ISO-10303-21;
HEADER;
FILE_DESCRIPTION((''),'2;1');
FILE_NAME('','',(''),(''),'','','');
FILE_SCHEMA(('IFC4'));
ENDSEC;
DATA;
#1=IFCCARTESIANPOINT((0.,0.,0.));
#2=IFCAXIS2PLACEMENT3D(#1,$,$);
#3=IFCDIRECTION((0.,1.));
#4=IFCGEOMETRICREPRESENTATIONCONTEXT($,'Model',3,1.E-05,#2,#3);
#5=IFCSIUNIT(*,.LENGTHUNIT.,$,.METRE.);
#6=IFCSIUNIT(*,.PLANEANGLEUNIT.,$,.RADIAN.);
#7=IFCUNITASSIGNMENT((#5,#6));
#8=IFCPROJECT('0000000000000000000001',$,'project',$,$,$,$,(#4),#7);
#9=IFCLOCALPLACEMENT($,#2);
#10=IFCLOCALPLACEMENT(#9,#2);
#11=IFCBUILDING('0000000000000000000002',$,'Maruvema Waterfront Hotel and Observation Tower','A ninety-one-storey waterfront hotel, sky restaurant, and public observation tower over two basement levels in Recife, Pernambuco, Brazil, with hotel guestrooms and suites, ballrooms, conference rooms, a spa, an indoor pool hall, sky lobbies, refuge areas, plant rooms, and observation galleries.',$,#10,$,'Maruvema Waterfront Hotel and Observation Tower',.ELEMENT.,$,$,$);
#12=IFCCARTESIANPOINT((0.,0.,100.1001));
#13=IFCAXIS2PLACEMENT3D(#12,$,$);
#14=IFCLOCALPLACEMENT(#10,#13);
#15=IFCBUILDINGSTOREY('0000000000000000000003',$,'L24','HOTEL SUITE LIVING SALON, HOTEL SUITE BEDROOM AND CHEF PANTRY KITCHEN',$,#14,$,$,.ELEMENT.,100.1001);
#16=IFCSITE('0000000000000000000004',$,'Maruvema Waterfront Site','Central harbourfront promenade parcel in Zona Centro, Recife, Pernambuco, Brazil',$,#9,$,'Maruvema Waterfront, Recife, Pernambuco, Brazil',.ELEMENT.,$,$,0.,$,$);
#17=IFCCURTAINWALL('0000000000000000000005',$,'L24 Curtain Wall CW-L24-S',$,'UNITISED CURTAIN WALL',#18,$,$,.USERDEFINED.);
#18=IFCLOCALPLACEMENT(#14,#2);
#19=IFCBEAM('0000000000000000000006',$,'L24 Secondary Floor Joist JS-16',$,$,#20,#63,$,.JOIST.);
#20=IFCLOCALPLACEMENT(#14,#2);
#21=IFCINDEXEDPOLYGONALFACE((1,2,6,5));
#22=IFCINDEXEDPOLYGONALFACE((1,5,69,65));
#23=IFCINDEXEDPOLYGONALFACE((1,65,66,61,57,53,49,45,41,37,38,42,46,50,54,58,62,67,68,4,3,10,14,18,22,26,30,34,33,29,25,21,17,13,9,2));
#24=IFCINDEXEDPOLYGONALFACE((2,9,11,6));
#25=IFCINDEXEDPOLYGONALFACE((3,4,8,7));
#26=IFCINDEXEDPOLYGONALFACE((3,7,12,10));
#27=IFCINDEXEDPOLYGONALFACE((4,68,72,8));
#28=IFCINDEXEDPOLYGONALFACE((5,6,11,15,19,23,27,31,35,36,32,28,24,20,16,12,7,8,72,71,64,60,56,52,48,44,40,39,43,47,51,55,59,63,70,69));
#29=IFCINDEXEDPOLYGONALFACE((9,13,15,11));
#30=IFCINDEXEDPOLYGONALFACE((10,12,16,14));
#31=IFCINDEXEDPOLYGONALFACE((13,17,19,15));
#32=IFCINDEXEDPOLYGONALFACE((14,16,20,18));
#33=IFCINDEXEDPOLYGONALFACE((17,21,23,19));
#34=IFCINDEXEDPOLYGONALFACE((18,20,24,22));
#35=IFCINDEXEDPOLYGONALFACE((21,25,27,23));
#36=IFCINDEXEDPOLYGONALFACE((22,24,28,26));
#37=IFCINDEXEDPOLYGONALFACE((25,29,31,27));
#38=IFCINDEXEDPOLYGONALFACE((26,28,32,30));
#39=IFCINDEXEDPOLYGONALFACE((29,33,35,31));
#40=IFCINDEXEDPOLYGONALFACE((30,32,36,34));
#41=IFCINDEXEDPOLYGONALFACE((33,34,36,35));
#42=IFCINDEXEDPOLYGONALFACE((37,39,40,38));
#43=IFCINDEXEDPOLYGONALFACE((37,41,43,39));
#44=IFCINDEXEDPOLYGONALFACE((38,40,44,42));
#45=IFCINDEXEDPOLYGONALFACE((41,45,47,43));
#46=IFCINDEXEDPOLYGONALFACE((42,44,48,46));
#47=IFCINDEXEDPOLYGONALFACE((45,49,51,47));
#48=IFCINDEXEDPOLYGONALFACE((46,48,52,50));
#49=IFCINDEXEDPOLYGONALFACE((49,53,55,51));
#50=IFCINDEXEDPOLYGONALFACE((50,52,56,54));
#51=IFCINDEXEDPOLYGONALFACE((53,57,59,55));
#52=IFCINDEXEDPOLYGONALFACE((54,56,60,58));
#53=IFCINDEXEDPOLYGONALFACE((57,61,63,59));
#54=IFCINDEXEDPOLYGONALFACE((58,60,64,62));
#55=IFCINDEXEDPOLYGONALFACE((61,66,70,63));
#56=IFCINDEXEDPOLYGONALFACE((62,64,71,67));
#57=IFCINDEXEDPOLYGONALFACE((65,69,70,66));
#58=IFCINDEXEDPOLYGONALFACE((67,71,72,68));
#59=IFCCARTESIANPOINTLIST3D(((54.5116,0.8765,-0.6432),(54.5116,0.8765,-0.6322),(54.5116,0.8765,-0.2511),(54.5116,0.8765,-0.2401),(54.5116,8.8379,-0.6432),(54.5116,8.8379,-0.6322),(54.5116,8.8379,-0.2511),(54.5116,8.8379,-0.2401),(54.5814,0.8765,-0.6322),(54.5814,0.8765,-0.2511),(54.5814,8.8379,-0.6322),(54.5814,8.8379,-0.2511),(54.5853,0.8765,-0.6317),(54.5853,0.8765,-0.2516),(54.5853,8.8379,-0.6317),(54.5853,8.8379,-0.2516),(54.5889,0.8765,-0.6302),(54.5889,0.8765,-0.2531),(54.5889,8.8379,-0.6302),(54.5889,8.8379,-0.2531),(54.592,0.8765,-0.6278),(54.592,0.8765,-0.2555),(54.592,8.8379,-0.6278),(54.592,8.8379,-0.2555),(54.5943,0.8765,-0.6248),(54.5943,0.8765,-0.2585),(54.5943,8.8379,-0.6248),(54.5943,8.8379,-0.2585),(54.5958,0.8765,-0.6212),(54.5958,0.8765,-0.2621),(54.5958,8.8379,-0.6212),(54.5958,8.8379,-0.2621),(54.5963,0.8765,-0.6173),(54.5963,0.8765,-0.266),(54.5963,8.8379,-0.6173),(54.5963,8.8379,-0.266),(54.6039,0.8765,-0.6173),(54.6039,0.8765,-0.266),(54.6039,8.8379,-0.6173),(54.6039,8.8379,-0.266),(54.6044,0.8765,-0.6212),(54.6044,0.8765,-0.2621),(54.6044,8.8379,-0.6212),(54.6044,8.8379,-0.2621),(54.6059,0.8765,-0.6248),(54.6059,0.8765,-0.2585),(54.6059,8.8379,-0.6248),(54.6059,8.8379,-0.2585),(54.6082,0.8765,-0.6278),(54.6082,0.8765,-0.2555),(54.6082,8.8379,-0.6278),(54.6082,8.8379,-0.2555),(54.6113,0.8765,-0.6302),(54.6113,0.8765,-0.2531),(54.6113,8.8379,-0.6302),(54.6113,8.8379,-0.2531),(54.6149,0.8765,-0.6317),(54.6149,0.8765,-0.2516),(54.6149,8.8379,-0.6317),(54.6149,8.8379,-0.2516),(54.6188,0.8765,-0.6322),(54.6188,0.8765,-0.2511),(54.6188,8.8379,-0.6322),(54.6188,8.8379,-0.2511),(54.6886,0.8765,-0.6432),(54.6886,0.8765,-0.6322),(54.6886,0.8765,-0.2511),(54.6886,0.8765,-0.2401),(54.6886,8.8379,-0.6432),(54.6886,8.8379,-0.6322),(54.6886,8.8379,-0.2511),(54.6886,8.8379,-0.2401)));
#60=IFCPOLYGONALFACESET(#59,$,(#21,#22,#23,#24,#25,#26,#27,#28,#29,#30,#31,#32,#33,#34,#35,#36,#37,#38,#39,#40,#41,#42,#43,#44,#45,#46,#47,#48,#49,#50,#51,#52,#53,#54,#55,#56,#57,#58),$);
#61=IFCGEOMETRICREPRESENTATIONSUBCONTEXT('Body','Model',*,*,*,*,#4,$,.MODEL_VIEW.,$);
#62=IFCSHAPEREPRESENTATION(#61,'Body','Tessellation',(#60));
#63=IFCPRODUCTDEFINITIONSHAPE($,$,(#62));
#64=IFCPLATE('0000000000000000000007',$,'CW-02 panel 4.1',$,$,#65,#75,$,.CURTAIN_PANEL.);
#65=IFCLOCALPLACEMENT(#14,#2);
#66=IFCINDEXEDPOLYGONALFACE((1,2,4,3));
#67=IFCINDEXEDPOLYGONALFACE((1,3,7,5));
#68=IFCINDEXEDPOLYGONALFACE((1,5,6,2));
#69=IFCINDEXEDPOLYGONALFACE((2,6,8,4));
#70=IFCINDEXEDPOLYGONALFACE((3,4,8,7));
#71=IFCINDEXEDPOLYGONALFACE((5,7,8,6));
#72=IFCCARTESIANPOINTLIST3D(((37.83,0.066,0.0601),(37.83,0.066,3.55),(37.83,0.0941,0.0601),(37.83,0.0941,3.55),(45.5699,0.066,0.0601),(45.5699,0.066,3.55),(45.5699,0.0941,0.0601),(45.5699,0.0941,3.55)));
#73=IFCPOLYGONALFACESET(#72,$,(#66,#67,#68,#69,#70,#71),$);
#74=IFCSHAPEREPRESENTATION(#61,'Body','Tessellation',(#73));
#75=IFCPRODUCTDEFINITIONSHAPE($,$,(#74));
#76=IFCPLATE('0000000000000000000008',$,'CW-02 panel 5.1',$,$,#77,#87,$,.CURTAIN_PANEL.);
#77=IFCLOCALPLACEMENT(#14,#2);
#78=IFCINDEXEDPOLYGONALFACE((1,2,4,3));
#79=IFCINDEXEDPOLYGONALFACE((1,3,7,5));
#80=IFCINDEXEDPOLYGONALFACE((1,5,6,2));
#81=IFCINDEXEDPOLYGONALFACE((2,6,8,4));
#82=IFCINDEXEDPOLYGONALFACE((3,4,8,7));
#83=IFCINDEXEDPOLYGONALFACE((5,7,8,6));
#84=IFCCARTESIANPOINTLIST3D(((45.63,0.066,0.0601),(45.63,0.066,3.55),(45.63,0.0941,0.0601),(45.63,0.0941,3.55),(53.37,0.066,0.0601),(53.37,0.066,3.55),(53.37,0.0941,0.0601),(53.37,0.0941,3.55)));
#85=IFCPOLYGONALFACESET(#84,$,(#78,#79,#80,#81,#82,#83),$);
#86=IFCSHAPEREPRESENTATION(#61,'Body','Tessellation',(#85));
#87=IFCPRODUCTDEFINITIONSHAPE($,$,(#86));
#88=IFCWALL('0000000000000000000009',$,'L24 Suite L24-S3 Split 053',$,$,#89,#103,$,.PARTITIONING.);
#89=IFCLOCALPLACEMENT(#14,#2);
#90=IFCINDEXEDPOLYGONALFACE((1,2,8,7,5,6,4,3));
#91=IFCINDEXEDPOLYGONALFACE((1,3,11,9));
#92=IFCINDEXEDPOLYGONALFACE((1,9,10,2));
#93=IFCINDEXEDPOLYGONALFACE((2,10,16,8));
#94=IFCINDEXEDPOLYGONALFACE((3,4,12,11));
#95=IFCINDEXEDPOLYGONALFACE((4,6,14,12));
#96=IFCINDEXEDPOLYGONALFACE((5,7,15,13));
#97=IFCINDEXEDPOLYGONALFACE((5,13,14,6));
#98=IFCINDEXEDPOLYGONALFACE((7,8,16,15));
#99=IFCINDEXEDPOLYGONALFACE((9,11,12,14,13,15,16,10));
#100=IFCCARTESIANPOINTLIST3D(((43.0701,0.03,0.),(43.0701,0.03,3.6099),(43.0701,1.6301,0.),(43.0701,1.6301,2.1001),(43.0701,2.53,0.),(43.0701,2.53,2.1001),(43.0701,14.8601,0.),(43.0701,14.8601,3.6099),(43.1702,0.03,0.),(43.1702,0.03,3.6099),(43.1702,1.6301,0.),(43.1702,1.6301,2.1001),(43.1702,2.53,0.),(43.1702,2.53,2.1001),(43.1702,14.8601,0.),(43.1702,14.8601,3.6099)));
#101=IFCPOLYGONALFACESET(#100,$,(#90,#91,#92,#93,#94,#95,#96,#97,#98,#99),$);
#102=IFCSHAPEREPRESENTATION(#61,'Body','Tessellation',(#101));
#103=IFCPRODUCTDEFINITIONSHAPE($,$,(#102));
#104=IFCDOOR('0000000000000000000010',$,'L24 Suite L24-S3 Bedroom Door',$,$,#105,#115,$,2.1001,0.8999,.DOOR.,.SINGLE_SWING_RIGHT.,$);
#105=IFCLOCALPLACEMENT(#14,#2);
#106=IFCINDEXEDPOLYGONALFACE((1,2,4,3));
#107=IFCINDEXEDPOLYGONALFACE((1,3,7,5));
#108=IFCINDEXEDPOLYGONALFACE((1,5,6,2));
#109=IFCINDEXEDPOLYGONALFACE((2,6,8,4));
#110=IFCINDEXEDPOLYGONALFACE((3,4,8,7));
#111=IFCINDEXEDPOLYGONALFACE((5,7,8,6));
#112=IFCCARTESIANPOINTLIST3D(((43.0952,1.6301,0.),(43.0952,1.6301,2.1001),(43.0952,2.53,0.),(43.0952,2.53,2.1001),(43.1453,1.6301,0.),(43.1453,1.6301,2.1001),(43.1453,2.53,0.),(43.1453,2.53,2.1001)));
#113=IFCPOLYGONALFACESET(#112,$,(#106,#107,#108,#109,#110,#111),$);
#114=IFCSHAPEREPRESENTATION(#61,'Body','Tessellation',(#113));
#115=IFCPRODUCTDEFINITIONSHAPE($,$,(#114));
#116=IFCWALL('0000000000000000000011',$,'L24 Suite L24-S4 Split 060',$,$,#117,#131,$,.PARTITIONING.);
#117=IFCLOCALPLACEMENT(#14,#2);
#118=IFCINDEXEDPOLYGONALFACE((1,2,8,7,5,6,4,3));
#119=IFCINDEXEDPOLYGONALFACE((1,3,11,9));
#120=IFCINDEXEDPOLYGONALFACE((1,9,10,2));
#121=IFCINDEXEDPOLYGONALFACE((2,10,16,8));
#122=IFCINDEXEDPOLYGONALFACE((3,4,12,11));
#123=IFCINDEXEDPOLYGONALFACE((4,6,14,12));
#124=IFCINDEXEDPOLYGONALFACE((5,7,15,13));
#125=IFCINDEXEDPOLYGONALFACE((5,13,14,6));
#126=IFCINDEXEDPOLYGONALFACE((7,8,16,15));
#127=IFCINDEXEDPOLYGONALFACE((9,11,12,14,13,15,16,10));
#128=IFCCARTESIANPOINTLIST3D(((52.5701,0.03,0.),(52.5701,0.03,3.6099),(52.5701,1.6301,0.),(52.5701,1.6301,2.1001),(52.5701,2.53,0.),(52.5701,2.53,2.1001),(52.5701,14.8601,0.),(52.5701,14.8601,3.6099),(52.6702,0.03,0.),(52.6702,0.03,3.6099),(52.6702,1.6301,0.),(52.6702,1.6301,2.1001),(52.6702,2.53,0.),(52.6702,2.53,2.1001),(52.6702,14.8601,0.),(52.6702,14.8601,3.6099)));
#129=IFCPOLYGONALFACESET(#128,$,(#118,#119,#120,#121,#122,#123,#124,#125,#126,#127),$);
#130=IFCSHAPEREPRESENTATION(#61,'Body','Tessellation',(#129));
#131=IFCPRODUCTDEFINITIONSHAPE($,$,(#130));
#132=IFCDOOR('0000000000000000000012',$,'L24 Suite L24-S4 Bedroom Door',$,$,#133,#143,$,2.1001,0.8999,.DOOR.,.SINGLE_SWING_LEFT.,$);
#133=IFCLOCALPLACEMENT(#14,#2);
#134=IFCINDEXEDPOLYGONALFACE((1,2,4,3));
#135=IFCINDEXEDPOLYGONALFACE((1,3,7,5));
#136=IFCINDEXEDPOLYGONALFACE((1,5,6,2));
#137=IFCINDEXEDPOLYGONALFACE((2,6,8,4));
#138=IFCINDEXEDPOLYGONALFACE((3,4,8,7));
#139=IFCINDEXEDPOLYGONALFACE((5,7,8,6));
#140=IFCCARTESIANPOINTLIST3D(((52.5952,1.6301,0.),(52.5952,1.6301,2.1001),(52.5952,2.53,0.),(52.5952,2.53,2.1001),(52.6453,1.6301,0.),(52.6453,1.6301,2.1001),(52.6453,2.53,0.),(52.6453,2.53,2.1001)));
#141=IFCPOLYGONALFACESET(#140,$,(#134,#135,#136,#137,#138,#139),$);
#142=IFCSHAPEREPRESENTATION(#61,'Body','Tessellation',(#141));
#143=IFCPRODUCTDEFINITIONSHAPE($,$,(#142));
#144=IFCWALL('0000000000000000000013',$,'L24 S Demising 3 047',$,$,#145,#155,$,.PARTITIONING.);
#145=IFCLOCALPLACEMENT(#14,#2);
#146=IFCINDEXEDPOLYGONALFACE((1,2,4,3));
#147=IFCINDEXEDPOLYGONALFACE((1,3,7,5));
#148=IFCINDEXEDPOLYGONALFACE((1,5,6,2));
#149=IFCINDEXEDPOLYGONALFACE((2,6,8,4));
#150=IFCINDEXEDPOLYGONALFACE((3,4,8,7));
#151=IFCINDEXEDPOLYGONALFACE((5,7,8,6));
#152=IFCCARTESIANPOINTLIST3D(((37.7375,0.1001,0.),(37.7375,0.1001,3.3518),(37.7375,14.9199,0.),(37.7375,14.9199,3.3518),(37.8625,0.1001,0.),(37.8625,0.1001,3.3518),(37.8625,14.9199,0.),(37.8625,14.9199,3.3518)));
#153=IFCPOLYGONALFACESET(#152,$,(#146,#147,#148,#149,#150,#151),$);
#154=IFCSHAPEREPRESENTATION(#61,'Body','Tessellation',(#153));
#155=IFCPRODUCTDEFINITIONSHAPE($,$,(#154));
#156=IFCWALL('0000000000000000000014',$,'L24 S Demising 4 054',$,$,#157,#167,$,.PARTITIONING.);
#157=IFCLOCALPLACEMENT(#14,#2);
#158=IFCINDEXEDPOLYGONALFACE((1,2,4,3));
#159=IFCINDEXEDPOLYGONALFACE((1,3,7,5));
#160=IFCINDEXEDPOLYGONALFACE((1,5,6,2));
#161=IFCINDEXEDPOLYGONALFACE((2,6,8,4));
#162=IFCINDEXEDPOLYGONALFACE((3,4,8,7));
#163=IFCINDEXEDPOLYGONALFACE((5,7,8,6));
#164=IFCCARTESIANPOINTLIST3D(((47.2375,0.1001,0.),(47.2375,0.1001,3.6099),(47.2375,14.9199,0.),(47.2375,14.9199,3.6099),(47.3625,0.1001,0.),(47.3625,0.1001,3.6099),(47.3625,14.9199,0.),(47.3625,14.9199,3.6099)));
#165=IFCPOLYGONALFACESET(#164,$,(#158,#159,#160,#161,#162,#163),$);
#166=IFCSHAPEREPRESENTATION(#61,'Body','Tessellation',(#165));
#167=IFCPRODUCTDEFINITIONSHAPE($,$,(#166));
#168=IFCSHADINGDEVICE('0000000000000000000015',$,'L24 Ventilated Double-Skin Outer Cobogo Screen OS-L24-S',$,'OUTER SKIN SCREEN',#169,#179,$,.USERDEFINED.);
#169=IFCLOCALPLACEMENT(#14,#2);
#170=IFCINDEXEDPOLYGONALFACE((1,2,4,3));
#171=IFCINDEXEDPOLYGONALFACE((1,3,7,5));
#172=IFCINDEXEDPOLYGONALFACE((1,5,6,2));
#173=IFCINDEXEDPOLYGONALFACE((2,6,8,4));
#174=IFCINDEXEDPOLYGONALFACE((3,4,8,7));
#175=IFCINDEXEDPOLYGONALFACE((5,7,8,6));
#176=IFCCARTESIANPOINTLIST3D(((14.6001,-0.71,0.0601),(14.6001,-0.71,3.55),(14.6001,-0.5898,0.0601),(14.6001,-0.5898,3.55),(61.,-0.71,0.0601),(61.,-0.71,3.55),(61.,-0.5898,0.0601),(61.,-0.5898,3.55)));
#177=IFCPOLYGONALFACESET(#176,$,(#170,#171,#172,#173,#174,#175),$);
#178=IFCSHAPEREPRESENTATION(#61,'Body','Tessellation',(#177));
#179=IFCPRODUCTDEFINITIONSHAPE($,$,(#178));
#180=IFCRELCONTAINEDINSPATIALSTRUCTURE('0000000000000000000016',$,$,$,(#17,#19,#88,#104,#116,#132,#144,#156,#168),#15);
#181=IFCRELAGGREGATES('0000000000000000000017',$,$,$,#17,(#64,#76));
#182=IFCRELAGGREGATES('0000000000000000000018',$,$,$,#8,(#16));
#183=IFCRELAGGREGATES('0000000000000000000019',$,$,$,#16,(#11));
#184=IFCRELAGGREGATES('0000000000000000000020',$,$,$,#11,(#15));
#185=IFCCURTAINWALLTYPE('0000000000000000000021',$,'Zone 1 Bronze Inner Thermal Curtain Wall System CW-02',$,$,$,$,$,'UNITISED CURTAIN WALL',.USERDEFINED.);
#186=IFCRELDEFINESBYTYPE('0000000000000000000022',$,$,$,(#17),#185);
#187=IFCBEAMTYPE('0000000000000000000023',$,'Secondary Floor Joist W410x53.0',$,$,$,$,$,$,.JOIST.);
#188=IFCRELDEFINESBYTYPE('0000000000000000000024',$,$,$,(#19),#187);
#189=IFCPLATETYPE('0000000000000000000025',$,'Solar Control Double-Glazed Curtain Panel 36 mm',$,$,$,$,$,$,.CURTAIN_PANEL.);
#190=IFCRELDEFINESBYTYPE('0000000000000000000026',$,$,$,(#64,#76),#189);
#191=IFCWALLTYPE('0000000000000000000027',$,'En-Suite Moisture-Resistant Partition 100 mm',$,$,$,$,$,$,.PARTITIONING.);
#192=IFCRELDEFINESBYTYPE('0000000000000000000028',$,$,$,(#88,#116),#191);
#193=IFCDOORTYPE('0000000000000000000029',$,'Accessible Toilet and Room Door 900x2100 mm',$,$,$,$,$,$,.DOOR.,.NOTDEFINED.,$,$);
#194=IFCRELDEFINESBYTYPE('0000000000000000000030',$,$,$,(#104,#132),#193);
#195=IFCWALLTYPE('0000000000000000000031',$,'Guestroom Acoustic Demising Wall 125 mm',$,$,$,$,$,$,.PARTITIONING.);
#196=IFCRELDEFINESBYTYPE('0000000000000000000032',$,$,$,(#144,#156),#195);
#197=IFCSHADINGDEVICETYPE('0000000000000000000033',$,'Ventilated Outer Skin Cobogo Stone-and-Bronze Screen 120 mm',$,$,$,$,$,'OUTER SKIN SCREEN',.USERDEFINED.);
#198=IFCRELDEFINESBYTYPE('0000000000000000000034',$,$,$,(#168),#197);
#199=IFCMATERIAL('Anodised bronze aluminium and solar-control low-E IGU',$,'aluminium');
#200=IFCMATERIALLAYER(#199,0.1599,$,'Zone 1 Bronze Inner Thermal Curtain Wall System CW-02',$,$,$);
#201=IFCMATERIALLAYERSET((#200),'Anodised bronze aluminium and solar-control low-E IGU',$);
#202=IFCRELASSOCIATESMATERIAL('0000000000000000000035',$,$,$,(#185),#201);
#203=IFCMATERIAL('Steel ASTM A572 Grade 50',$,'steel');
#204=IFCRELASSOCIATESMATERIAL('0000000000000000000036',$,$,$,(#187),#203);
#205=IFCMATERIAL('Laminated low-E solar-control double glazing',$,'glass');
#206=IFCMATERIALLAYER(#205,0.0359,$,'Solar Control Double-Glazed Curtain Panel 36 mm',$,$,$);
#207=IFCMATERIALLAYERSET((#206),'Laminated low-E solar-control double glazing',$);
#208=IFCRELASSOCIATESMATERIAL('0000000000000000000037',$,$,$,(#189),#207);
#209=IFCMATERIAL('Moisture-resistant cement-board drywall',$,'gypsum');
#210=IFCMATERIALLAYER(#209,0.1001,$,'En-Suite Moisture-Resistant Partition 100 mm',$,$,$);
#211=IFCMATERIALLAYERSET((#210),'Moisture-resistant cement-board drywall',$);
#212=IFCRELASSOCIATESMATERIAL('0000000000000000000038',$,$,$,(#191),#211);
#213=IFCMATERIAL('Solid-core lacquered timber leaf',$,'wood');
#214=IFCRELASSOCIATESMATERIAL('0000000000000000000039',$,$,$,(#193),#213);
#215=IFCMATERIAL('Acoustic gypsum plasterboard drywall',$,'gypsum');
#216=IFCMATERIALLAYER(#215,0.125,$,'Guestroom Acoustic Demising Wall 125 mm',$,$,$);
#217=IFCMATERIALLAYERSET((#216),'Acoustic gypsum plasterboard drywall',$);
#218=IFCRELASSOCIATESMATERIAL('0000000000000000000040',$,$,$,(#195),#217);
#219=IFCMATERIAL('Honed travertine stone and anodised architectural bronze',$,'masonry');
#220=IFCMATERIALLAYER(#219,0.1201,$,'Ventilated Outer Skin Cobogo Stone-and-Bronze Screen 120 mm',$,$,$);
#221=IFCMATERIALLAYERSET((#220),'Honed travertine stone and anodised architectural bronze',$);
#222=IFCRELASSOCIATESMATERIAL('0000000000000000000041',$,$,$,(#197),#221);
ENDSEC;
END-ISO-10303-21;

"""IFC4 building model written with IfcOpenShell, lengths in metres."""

from ifc_helpers import new_model, si_unit, direction, frame, frame_2d, origin, origin_2d, place, context, subcontext, project, spatial, rectangle, i_section, extrude, material, layer, layer_set, material_profile, profile_set, type_object, element, fill, aggregate, save


model = new_model("IFC4")

# Units and contexts
model_context = context("Model", 3, precision=1e-05, world=origin(), true_north=direction((0.0, 1.0)))
body_context = subcontext(model_context, "Body", "Model", "MODEL_VIEW")
ifc_project = project(units=[si_unit("LENGTHUNIT", "METRE"), si_unit("PLANEANGLEUNIT", "RADIAN")], contexts=[model_context])

# Site, building, storey
site_placement = place(None, origin())
site = spatial("IfcSite", under=ifc_project, at=site_placement, Name="Maruvema Waterfront Site", Description="Central harbourfront promenade parcel in Zona Centro, Recife, Pernambuco, Brazil", LongName="Maruvema Waterfront, Recife, Pernambuco, Brazil", CompositionType="ELEMENT", RefElevation=0.0)
building_placement = place(site_placement, origin())
building = spatial("IfcBuilding", under=site, at=building_placement, Name="Maruvema Waterfront Hotel and Observation Tower", Description="A ninety-one-storey waterfront hotel, sky restaurant, and public observation tower over two basement levels in Recife, Pernambuco, Brazil, with hotel guestrooms and suites, ballrooms, conference rooms, a spa, an indoor pool hall, sky lobbies, refuge areas, plant rooms, and observation galleries.", LongName="Maruvema Waterfront Hotel and Observation Tower", CompositionType="ELEMENT")
storey_placement = place(building_placement, frame((0.0, 0.0, 100.1001)))
storey = spatial("IfcBuildingStorey", under=building, at=storey_placement, Name="L24", Description="HOTEL SUITE LIVING SALON, HOTEL SUITE BEDROOM AND CHEF PANTRY KITCHEN", CompositionType="ELEMENT", Elevation=100.1001)

# Curtain wall
ifc_material_1 = material(Name="Anodised bronze aluminium and solar-control low-E IGU", Category="aluminium")
ifc_layer_1 = layer(ifc_material_1, 0.1599, Name="Zone 1 Bronze Inner Thermal Curtain Wall System CW-02")
ifc_layer_set_1 = layer_set([ifc_layer_1], Name="Anodised bronze aluminium and solar-control low-E IGU")
curtain_wall_type = type_object("IfcCurtainWallType", Name="Zone 1 Bronze Inner Thermal Curtain Wall System CW-02", ElementType="UNITISED CURTAIN WALL", PredefinedType="USERDEFINED", material=ifc_layer_set_1)
curtain_wall_placement = place(storey_placement, origin())
curtain_wall = element("IfcCurtainWall", 1, at=curtain_wall_placement, inside=storey, type_object=curtain_wall_type, Name="L24 Curtain Wall CW-L24-S", ObjectType="UNITISED CURTAIN WALL", PredefinedType="USERDEFINED")

# Beam
ifc_material_2 = material(Name="Steel ASTM A572 Grade 50", Category="steel")
ifc_material_profile_1 = material_profile(ifc_material_2, i_section(OverallWidth=0.177, OverallDepth=0.4031, WebThickness=0.0076, FlangeThickness=0.011, FilletRadius=0.0149, at=origin_2d()), Name="W410x53.0")
ifc_profile_set_1 = profile_set([ifc_material_profile_1], Name="Steel ASTM A572 Grade 50")
beam_type_1 = type_object("IfcBeamType", Name="Secondary Floor Joist W410x53.0", PredefinedType="JOIST", material=ifc_profile_set_1)
beam_1_placement = place(storey_placement, frame((54.6001, 0.8765, -0.4417), z_axis=(0.0, 1.0, 0.0), x_axis=(-1.0, 0.0, 0.0)))
element("IfcBeam", 2, at=beam_1_placement, inside=storey, type_object=beam_type_1, Name="L24 Secondary Floor Joist JS-16", PredefinedType="JOIST", context=body_context, shape_type="SweptSolid", body=[
    extrude(i_section(OverallWidth=0.177, OverallDepth=0.4031, WebThickness=0.0076, FlangeThickness=0.011, FilletRadius=0.0149, at=origin_2d()), origin(), (0.0, 0.0, 1.0), 7.9614),
])

# Plates
ifc_material_3 = material(Name="Laminated low-E solar-control double glazing", Category="glass")
ifc_layer_2 = layer(ifc_material_3, 0.0359, Name="Solar Control Double-Glazed Curtain Panel 36 mm")
ifc_layer_set_2 = layer_set([ifc_layer_2], Name="Laminated low-E solar-control double glazing")
plate_type = type_object("IfcPlateType", Name="Solar Control Double-Glazed Curtain Panel 36 mm", PredefinedType="CURTAIN_PANEL", material=ifc_layer_set_2)
plate_1_placement = place(storey_placement, frame((41.7, 0.0801, 0.0601), z_axis=(0.0, 0.0, 1.0), x_axis=(1.0, 0.0, 0.0)))
plate_1 = element("IfcPlate", 3, at=plate_1_placement, type_object=plate_type, Name="CW-02 panel 4.1", PredefinedType="CURTAIN_PANEL", context=body_context, shape_type="SweptSolid", body=[
    extrude(rectangle(XDim=7.74, YDim=0.0281, at=origin_2d()), origin(), (0.0, 0.0, 1.0), 3.49),
])
plate_2_placement = place(storey_placement, frame((49.5, 0.0801, 0.0601), z_axis=(0.0, 0.0, 1.0), x_axis=(1.0, 0.0, 0.0)))
plate_2 = element("IfcPlate", 4, at=plate_2_placement, type_object=plate_type, Name="CW-02 panel 5.1", PredefinedType="CURTAIN_PANEL", context=body_context, shape_type="SweptSolid", body=[
    extrude(rectangle(XDim=7.74, YDim=0.0281, at=origin_2d()), origin(), (0.0, 0.0, 1.0), 3.49),
])
aggregate(curtain_wall, [plate_1, plate_2])

# Walls, openings, doors
ifc_material_4 = material(Name="Moisture-resistant cement-board drywall", Category="gypsum")
ifc_layer_3 = layer(ifc_material_4, 0.1001, Name="En-Suite Moisture-Resistant Partition 100 mm")
ifc_layer_set_3 = layer_set([ifc_layer_3], Name="Moisture-resistant cement-board drywall")
wall_type_1 = type_object("IfcWallType", Name="En-Suite Moisture-Resistant Partition 100 mm", PredefinedType="PARTITIONING", material=ifc_layer_set_3)
wall_1_placement = place(storey_placement, frame((43.1201, 0.03, 0.0), z_axis=(0.0, 0.0, 1.0), x_axis=(0.0, 1.0, 0.0)))
wall_1 = element("IfcWall", 5, at=wall_1_placement, inside=storey, type_object=wall_type_1, Name="L24 Suite L24-S3 Split 053", PredefinedType="PARTITIONING", context=body_context, shape_type="SweptSolid", body=[
    extrude(rectangle(XDim=14.8301, YDim=0.1001, at=frame_2d((7.415, 0.0))), origin(), (0.0, 0.0, 1.0), 3.6099),
])
opening_1_placement = place(wall_1_placement, frame((1.6001, 0.0, 0.0)))
opening_1 = element("IfcOpeningElement", 6, at=opening_1_placement, cuts=wall_1, PredefinedType="OPENING", context=body_context, shape_type="SweptSolid", body=[
    extrude(rectangle(XDim=0.8999, YDim=2.1001, at=frame_2d((0.45, 1.05))), frame((0.0, 0.0601, 0.0), z_axis=(0.0, -1.0, 0.0), x_axis=(1.0, 0.0, 0.0)), (0.0, 0.0, 1.0), 0.1201),
])
ifc_material_5 = material(Name="Solid-core lacquered timber leaf", Category="wood")
door_type = type_object("IfcDoorType", Name="Accessible Toilet and Room Door 900x2100 mm", OperationType="NOTDEFINED", PredefinedType="DOOR", material=ifc_material_5)
door_1_placement = place(opening_1_placement, origin())
door_1 = element("IfcDoor", 7, at=door_1_placement, inside=storey, type_object=door_type, Name="L24 Suite L24-S3 Bedroom Door", OperationType="SINGLE_SWING_RIGHT", OverallHeight=2.1001, OverallWidth=0.8999, PredefinedType="DOOR", context=body_context, shape_type="SweptSolid", body=[
    extrude(rectangle(XDim=0.8999, YDim=2.1001, at=frame_2d((0.45, 1.05))), frame((0.0, 0.0249, 0.0), z_axis=(0.0, -1.0, 0.0), x_axis=(1.0, 0.0, 0.0)), (0.0, 0.0, 1.0), 0.05),
])
fill(opening_1, door_1)
wall_2_placement = place(storey_placement, frame((52.6201, 0.03, 0.0), z_axis=(0.0, 0.0, 1.0), x_axis=(0.0, 1.0, 0.0)))
wall_2 = element("IfcWall", 8, at=wall_2_placement, inside=storey, type_object=wall_type_1, Name="L24 Suite L24-S4 Split 060", PredefinedType="PARTITIONING", context=body_context, shape_type="SweptSolid", body=[
    extrude(rectangle(XDim=14.8301, YDim=0.1001, at=frame_2d((7.415, 0.0))), origin(), (0.0, 0.0, 1.0), 3.6099),
])
opening_2_placement = place(wall_2_placement, frame((1.6001, 0.0, 0.0)))
opening_2 = element("IfcOpeningElement", 9, at=opening_2_placement, cuts=wall_2, PredefinedType="OPENING", context=body_context, shape_type="SweptSolid", body=[
    extrude(rectangle(XDim=0.8999, YDim=2.1001, at=frame_2d((0.45, 1.05))), frame((0.0, 0.0601, 0.0), z_axis=(0.0, -1.0, 0.0), x_axis=(1.0, 0.0, 0.0)), (0.0, 0.0, 1.0), 0.1201),
])
door_2_placement = place(opening_2_placement, origin())
door_2 = element("IfcDoor", 10, at=door_2_placement, inside=storey, type_object=door_type, Name="L24 Suite L24-S4 Bedroom Door", OperationType="SINGLE_SWING_LEFT", OverallHeight=2.1001, OverallWidth=0.8999, PredefinedType="DOOR", context=body_context, shape_type="SweptSolid", body=[
    extrude(rectangle(XDim=0.8999, YDim=2.1001, at=frame_2d((0.45, 1.05))), frame((0.0, 0.0249, 0.0), z_axis=(0.0, -1.0, 0.0), x_axis=(1.0, 0.0, 0.0)), (0.0, 0.0, 1.0), 0.05),
])
fill(opening_2, door_2)

# Walls
ifc_material_6 = material(Name="Acoustic gypsum plasterboard drywall", Category="gypsum")
ifc_layer_4 = layer(ifc_material_6, 0.125, Name="Guestroom Acoustic Demising Wall 125 mm")
ifc_layer_set_4 = layer_set([ifc_layer_4], Name="Acoustic gypsum plasterboard drywall")
wall_type_2 = type_object("IfcWallType", Name="Guestroom Acoustic Demising Wall 125 mm", PredefinedType="PARTITIONING", material=ifc_layer_set_4)
wall_3_placement = place(storey_placement, frame((37.8, 0.1001, 0.0), z_axis=(0.0, 0.0, 1.0), x_axis=(0.0, 1.0, 0.0)))
element("IfcWall", 11, at=wall_3_placement, inside=storey, type_object=wall_type_2, Name="L24 S Demising 3 047", PredefinedType="PARTITIONING", context=body_context, shape_type="SweptSolid", body=[
    extrude(rectangle(XDim=14.8198, YDim=0.125, at=frame_2d((7.4099, 0.0))), origin(), (0.0, 0.0, 1.0), 3.3518),
])
wall_4_placement = place(storey_placement, frame((47.3, 0.1001, 0.0), z_axis=(0.0, 0.0, 1.0), x_axis=(0.0, 1.0, 0.0)))
element("IfcWall", 12, at=wall_4_placement, inside=storey, type_object=wall_type_2, Name="L24 S Demising 4 054", PredefinedType="PARTITIONING", context=body_context, shape_type="SweptSolid", body=[
    extrude(rectangle(XDim=14.8198, YDim=0.125, at=frame_2d((7.4099, 0.0))), origin(), (0.0, 0.0, 1.0), 3.6099),
])

# Shading device
ifc_material_7 = material(Name="Honed travertine stone and anodised architectural bronze", Category="masonry")
ifc_layer_5 = layer(ifc_material_7, 0.1201, Name="Ventilated Outer Skin Cobogo Stone-and-Bronze Screen 120 mm")
ifc_layer_set_5 = layer_set([ifc_layer_5], Name="Honed travertine stone and anodised architectural bronze")
shading_device_type = type_object("IfcShadingDeviceType", Name="Ventilated Outer Skin Cobogo Stone-and-Bronze Screen 120 mm", ElementType="OUTER SKIN SCREEN", PredefinedType="USERDEFINED", material=ifc_layer_set_5)
shading_device_placement = place(storey_placement, frame((37.8, -0.6499, 0.0601), z_axis=(0.0, 0.0, 1.0), x_axis=(1.0, 0.0, 0.0)))
element("IfcShadingDevice", 13, at=shading_device_placement, inside=storey, type_object=shading_device_type, Name="L24 Ventilated Double-Skin Outer Cobogo Screen OS-L24-S", ObjectType="OUTER SKIN SCREEN", PredefinedType="USERDEFINED", context=body_context, shape_type="SweptSolid", body=[
    extrude(rectangle(XDim=46.3999, YDim=0.1201, at=origin_2d()), origin(), (0.0, 0.0, 1.0), 3.49),
])

save(model, "model.ifc")
